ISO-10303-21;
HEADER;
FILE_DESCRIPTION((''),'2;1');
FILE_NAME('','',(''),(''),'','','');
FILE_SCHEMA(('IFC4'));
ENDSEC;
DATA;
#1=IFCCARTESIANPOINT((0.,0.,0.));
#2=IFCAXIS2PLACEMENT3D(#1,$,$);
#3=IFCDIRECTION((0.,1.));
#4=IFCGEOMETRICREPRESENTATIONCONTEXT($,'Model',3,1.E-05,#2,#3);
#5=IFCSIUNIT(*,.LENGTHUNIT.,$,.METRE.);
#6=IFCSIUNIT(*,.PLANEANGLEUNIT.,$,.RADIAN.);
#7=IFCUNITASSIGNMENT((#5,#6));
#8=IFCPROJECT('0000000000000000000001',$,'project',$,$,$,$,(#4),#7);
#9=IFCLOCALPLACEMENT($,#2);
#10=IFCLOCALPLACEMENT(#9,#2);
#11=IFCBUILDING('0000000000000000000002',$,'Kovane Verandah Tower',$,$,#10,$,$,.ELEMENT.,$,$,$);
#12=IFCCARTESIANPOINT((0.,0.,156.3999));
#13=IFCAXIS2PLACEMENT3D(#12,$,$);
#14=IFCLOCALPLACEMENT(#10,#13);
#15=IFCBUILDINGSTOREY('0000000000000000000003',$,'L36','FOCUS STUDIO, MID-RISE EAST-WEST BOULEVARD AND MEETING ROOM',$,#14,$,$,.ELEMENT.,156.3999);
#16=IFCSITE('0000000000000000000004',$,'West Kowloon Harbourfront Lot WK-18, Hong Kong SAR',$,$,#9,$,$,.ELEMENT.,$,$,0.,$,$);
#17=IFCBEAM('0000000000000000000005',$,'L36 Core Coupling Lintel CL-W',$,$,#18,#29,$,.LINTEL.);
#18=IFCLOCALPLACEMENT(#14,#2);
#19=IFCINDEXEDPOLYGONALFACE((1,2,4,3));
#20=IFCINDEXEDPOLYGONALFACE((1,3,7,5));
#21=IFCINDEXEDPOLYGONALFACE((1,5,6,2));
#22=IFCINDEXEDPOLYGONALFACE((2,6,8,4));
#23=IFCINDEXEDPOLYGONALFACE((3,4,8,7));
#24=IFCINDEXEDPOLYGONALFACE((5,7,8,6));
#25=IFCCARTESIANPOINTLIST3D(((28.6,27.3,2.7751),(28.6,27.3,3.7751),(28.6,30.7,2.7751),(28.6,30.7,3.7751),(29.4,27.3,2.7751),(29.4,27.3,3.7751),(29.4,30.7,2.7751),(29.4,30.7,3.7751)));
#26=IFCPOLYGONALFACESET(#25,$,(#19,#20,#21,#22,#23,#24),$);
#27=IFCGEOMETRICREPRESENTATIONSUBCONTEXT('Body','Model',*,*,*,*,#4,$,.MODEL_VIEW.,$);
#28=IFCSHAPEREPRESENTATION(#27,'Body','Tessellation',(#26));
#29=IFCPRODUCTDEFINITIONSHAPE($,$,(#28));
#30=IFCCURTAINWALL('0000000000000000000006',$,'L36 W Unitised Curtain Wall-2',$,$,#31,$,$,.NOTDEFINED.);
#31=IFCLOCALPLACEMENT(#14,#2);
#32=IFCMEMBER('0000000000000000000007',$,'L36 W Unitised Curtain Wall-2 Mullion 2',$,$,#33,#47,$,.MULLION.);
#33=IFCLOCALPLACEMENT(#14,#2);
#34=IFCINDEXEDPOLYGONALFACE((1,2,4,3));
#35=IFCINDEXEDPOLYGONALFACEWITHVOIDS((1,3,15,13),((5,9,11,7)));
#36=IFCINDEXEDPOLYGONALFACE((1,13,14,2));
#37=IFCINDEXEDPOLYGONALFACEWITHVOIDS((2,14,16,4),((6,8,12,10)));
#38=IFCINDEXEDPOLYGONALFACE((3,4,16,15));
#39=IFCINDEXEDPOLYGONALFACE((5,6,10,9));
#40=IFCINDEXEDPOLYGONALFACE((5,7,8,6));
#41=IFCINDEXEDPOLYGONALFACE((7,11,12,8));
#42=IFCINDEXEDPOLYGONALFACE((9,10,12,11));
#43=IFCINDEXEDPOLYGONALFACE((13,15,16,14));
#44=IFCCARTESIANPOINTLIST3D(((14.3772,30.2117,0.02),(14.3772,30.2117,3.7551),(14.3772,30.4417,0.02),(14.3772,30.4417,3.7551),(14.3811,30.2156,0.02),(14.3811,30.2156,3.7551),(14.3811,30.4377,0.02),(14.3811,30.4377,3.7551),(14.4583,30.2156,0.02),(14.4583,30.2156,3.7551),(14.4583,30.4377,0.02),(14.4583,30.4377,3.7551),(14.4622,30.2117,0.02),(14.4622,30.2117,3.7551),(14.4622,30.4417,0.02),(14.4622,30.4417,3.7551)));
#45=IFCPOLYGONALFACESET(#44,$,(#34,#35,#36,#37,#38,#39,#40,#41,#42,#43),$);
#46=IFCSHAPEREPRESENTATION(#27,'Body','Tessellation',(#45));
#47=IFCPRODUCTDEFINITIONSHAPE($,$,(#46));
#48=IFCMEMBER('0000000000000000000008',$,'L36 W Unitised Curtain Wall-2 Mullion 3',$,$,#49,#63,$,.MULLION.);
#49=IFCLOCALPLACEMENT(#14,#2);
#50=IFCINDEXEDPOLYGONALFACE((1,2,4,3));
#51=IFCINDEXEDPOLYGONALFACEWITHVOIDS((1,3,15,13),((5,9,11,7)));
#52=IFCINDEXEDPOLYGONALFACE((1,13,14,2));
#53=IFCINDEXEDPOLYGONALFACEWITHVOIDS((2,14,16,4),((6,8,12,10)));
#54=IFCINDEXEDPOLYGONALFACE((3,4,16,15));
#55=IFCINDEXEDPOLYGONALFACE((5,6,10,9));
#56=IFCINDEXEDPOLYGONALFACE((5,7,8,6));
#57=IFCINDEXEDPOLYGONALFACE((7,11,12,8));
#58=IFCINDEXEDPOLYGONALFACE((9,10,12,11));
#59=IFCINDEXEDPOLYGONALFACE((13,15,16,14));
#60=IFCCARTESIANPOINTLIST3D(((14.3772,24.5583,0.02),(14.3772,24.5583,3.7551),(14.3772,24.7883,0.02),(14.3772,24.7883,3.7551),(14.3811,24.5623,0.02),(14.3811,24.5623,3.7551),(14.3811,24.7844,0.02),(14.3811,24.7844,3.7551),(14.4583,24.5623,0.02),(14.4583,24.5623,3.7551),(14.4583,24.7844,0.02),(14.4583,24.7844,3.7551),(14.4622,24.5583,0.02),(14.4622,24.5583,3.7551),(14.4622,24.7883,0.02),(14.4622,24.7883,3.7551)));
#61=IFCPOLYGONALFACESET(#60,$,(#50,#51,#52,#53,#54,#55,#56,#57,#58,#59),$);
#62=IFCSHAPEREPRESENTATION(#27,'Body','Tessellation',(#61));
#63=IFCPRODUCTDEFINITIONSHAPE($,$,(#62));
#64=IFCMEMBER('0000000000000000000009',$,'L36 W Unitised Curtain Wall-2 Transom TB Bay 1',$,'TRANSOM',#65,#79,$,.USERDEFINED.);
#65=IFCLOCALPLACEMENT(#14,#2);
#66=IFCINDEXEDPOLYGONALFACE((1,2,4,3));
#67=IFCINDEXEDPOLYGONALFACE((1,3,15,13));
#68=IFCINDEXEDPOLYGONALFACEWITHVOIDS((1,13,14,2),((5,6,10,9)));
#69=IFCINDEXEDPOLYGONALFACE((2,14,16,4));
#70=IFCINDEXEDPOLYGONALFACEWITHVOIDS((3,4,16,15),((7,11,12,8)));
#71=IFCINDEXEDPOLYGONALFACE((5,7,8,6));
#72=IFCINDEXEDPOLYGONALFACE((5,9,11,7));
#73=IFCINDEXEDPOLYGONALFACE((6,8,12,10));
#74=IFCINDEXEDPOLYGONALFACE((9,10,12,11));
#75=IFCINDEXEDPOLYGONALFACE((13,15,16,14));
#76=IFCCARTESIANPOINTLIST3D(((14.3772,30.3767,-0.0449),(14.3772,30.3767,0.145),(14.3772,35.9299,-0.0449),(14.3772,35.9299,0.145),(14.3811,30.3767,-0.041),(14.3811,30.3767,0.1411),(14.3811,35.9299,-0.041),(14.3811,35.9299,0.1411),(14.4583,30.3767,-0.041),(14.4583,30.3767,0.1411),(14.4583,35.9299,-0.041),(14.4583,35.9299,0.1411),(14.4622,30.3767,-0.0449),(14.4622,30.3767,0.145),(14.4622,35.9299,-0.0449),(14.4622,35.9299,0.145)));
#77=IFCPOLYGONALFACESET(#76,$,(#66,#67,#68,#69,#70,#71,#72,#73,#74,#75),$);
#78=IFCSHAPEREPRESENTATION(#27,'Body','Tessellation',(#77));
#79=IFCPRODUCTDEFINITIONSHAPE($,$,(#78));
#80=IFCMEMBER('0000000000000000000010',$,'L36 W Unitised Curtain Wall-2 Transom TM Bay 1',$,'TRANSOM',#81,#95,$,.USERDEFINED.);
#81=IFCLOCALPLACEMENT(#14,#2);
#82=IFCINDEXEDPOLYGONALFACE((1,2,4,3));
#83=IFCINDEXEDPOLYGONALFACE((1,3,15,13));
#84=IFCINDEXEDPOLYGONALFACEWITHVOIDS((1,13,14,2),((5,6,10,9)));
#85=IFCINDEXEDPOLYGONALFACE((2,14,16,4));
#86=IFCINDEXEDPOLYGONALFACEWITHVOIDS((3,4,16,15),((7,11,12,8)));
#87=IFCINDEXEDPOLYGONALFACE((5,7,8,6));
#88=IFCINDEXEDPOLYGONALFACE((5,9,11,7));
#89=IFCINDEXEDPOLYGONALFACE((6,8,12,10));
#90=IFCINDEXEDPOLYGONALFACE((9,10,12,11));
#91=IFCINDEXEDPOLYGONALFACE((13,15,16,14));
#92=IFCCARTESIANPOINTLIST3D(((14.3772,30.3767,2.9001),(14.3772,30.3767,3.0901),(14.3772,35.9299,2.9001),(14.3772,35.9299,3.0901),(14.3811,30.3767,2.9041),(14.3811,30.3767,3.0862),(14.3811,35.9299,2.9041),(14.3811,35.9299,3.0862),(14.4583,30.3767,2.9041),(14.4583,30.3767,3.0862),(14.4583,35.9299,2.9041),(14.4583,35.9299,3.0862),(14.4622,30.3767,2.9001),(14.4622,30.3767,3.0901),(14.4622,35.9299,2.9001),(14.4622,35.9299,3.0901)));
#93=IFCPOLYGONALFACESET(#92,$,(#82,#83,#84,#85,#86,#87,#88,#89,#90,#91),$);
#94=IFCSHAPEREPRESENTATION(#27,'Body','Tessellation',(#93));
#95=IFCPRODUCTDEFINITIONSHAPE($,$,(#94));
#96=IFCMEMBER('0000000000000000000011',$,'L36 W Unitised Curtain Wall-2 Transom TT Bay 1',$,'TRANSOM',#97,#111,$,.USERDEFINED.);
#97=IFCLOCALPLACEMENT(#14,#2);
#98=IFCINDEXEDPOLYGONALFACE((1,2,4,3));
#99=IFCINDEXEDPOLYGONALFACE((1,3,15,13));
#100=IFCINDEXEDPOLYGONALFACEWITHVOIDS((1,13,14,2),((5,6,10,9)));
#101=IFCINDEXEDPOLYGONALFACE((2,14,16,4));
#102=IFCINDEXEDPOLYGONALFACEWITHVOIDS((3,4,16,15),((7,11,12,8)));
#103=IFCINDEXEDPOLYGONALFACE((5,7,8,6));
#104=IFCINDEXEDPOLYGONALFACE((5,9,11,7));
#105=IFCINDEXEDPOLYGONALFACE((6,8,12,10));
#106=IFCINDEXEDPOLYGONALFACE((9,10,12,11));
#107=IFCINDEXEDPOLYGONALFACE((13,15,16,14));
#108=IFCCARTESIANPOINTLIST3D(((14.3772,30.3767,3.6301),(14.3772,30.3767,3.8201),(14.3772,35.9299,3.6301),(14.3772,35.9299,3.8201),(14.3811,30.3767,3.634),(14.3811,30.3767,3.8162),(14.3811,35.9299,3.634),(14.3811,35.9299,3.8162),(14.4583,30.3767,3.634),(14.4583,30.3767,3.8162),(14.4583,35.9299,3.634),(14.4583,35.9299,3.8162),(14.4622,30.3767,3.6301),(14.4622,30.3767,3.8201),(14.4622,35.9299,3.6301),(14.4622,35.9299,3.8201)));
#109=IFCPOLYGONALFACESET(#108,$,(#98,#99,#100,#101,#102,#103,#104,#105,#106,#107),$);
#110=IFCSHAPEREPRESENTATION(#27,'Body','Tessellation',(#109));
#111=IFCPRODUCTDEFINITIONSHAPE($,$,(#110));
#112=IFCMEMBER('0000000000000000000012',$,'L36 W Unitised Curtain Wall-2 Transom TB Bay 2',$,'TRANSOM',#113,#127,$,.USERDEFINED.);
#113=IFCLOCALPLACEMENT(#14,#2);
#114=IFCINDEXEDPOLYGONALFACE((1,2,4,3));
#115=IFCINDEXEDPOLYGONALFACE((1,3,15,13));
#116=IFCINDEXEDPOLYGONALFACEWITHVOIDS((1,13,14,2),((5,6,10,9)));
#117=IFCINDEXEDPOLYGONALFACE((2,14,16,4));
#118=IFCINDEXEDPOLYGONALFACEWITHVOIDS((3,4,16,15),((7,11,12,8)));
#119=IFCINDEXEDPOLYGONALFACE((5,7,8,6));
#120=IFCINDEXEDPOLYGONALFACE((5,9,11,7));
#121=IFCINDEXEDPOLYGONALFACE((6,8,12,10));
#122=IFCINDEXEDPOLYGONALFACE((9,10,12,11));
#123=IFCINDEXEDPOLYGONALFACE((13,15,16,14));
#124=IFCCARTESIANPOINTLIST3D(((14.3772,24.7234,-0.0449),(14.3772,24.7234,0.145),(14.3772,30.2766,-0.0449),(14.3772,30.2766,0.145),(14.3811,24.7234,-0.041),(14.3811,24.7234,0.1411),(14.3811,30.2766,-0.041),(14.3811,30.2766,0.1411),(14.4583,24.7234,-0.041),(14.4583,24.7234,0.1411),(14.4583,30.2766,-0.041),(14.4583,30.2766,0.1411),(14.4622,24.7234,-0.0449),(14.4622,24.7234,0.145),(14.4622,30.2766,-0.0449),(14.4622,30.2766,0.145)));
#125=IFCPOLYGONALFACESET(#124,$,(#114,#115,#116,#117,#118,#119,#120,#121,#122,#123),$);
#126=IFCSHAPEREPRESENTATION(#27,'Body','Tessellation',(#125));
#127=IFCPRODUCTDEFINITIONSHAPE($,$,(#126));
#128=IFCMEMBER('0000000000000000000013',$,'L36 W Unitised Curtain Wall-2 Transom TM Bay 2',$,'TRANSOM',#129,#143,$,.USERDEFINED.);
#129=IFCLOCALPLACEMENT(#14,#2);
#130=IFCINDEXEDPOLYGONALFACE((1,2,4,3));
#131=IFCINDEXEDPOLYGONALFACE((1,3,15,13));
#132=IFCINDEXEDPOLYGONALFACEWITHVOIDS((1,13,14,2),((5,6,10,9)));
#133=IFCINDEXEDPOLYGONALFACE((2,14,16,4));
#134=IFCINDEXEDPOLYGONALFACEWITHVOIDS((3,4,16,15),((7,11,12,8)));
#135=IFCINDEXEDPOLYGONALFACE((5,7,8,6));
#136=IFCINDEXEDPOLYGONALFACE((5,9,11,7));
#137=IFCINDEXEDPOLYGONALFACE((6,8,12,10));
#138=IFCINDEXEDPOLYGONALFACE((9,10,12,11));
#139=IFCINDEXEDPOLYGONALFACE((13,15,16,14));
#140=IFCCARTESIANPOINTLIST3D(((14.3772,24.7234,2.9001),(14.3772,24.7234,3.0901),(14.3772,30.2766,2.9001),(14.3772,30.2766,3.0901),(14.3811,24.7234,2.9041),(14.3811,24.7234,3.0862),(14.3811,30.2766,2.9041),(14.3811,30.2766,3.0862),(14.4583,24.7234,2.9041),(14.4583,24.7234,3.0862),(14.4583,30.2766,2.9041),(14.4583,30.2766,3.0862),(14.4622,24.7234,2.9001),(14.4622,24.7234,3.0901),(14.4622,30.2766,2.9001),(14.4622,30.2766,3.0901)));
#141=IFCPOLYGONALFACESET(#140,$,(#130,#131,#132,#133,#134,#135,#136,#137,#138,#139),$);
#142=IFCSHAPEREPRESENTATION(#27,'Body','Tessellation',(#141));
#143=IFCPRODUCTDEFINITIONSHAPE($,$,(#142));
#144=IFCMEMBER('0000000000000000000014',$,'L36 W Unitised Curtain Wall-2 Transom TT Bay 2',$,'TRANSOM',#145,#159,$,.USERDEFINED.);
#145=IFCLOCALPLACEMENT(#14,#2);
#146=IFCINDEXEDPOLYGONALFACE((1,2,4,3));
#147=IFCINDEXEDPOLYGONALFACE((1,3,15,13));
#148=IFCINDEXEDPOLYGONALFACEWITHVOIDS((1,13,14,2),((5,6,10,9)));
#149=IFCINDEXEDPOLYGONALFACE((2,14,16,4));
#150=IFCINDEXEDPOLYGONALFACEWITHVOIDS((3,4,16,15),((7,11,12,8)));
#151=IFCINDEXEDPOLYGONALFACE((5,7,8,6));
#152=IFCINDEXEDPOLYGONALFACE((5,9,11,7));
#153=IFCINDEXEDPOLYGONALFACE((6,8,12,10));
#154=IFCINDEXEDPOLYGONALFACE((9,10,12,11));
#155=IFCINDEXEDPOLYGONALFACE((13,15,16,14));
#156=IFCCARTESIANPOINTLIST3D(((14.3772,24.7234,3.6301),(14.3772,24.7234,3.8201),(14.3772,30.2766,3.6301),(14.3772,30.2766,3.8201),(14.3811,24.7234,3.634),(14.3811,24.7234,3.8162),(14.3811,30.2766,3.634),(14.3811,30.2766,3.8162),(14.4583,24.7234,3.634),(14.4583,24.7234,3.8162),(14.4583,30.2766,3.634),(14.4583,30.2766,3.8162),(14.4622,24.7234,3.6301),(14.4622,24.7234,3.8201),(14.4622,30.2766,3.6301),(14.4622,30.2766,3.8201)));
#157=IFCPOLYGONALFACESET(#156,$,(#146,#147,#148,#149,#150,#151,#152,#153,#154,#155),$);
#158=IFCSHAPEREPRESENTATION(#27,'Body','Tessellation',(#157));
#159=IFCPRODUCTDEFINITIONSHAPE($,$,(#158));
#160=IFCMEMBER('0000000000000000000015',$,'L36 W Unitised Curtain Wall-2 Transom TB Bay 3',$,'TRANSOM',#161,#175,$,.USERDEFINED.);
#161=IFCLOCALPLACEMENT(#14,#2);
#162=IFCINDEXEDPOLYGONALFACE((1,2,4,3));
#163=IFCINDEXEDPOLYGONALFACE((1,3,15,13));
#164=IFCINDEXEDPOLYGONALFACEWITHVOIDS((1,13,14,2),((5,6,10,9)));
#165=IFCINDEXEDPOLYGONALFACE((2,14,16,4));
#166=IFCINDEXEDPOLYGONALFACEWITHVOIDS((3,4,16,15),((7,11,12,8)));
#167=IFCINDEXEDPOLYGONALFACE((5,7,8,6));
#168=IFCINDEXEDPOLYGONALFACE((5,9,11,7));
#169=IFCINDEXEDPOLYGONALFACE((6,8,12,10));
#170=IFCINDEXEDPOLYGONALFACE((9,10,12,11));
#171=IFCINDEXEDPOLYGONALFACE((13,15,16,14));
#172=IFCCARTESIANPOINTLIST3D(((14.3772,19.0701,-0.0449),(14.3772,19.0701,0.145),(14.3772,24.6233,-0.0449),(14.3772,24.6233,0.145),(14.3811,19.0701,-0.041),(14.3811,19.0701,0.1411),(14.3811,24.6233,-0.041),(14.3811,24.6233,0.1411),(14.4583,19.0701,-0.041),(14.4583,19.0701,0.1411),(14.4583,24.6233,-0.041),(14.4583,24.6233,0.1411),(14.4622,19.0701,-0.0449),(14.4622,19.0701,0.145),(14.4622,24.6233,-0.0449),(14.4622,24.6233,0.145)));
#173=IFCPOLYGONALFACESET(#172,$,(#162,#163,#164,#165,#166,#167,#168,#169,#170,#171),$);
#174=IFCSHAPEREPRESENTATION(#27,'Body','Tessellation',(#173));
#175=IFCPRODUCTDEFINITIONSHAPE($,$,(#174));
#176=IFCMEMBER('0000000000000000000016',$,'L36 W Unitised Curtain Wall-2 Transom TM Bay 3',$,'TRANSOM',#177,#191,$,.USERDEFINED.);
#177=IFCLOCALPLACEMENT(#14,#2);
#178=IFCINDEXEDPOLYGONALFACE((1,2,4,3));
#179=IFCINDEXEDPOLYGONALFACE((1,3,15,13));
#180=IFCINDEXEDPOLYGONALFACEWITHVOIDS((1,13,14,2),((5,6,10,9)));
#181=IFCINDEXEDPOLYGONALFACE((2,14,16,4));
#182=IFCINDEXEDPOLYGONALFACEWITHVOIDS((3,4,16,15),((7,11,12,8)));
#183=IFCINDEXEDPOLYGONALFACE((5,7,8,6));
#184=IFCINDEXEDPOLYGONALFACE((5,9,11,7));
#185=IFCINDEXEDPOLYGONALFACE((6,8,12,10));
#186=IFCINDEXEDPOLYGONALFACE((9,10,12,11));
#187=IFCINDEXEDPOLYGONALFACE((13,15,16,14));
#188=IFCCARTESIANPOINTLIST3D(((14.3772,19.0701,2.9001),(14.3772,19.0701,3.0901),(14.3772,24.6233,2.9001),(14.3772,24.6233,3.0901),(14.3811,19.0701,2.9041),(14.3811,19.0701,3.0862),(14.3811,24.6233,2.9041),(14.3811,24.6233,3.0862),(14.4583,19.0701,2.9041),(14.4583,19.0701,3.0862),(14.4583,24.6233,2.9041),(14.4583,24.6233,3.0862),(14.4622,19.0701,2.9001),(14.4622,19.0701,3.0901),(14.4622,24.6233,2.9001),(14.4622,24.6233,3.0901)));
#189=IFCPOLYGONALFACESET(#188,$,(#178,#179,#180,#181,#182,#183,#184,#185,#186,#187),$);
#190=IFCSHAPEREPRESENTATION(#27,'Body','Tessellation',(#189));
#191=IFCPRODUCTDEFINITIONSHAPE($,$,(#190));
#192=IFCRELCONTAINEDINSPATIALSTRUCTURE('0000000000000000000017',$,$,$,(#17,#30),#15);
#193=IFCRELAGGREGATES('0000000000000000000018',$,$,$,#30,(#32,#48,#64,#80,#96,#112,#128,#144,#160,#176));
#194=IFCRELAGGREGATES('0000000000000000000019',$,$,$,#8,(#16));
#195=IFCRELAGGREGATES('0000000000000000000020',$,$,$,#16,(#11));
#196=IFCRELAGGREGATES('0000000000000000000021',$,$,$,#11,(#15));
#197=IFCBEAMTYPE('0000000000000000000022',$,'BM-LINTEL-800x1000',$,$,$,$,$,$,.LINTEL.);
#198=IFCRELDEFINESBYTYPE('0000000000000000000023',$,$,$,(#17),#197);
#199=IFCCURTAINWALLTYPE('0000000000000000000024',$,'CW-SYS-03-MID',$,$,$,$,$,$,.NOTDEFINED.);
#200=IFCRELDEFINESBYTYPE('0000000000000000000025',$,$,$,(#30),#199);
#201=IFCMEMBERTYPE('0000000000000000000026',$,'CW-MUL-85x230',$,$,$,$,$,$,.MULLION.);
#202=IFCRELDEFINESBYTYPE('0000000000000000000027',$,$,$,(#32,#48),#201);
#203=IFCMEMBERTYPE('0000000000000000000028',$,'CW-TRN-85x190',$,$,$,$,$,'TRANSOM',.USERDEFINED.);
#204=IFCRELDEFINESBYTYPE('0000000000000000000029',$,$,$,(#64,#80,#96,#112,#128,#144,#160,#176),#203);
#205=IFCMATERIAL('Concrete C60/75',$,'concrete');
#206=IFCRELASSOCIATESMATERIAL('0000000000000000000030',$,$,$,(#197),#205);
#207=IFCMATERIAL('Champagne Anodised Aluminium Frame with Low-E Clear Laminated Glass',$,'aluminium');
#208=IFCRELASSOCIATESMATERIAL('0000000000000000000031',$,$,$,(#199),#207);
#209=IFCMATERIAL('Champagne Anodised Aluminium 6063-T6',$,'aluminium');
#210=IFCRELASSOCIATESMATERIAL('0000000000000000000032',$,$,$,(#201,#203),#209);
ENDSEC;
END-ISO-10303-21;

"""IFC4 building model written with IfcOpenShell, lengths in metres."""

from ifc_helpers import new_model, si_unit, direction, frame, origin, origin_2d, place, context, subcontext, project, spatial, rectangle, hollow_rectangle, extrude, material, material_profile, profile_set, type_object, element, aggregate, save


model = new_model("IFC4")

# Units and contexts
model_context = context("Model", 3, precision=1e-05, world=origin(), true_north=direction((0.0, 1.0)))
body_context = subcontext(model_context, "Body", "Model", "MODEL_VIEW")
ifc_project = project(units=[si_unit("LENGTHUNIT", "METRE"), si_unit("PLANEANGLEUNIT", "RADIAN")], contexts=[model_context])

# Site, building, storey
site_placement = place(None, origin())
site = spatial("IfcSite", under=ifc_project, at=site_placement, Name="West Kowloon Harbourfront Lot WK-18, Hong Kong SAR", CompositionType="ELEMENT", RefElevation=0.0)
building_placement = place(site_placement, origin())
building = spatial("IfcBuilding", under=site, at=building_placement, Name="Kovane Verandah Tower", CompositionType="ELEMENT")
storey_placement = place(building_placement, frame((0.0, 0.0, 156.3999)))
storey = spatial("IfcBuildingStorey", under=building, at=storey_placement, Name="L36", Description="FOCUS STUDIO, MID-RISE EAST-WEST BOULEVARD AND MEETING ROOM", CompositionType="ELEMENT", Elevation=156.3999)

# Beam
ifc_material_1 = material(Name="Concrete C60/75", Category="concrete")
ifc_material_profile_1 = material_profile(ifc_material_1, rectangle(XDim=0.8, YDim=1.0, at=origin_2d()), Name="RCB800x1000")
ifc_profile_set_1 = profile_set([ifc_material_profile_1], Name="Concrete C60/75")
beam_type = type_object("IfcBeamType", Name="BM-LINTEL-800x1000", PredefinedType="LINTEL", material=ifc_profile_set_1)
beam_placement = place(storey_placement, frame((29.0, 27.3, 3.2751), z_axis=(0.0, 1.0, 0.0), x_axis=(-1.0, 0.0, 0.0)))
element("IfcBeam", 1, at=beam_placement, inside=storey, type_object=beam_type, Name="L36 Core Coupling Lintel CL-W", PredefinedType="LINTEL", context=body_context, shape_type="SweptSolid", body=[
    extrude(rectangle(XDim=0.8, YDim=1.0, at=origin_2d()), origin(), (0.0, 0.0, 1.0), 3.3999),
])

# Curtain wall, members
ifc_material_2 = material(Name="Champagne Anodised Aluminium Frame with Low-E Clear Laminated Glass", Category="aluminium")
curtain_wall_type = type_object("IfcCurtainWallType", Name="CW-SYS-03-MID", PredefinedType="NOTDEFINED", material=ifc_material_2)
curtain_wall_placement = place(storey_placement, origin())
curtain_wall = element("IfcCurtainWall", 2, at=curtain_wall_placement, inside=storey, type_object=curtain_wall_type, Name="L36 W Unitised Curtain Wall-2", PredefinedType="NOTDEFINED")
ifc_material_3 = material(Name="Champagne Anodised Aluminium 6063-T6", Category="aluminium")
ifc_material_profile_2 = material_profile(ifc_material_3, hollow_rectangle(XDim=0.085, YDim=0.23, WallThickness=0.0039, at=origin_2d()), Name="AL85x230x4")
ifc_profile_set_2 = profile_set([ifc_material_profile_2], Name="Champagne Anodised Aluminium 6063-T6")
member_type_1 = type_object("IfcMemberType", Name="CW-MUL-85x230", PredefinedType="MULLION", material=ifc_profile_set_2)
member_1_placement = place(storey_placement, frame((14.4197, 30.3267, 0.02), z_axis=(0.0, 0.0, 1.0), x_axis=(-1.0, 0.0, 0.0)))
member_1 = element("IfcMember", 3, at=member_1_placement, type_object=member_type_1, Name="L36 W Unitised Curtain Wall-2 Mullion 2", PredefinedType="MULLION", context=body_context, shape_type="SweptSolid", body=[
    extrude(hollow_rectangle(XDim=0.085, YDim=0.23, WallThickness=0.0039, at=origin_2d()), origin(), (0.0, 0.0, 1.0), 3.7351),
])
member_2_placement = place(storey_placement, frame((14.4197, 24.6733, 0.02), z_axis=(0.0, 0.0, 1.0), x_axis=(-1.0, 0.0, 0.0)))
member_2 = element("IfcMember", 4, at=member_2_placement, type_object=member_type_1, Name="L36 W Unitised Curtain Wall-2 Mullion 3", PredefinedType="MULLION", context=body_context, shape_type="SweptSolid", body=[
    extrude(hollow_rectangle(XDim=0.085, YDim=0.23, WallThickness=0.0039, at=origin_2d()), origin(), (0.0, 0.0, 1.0), 3.7351),
])
ifc_material_profile_3 = material_profile(ifc_material_3, hollow_rectangle(XDim=0.085, YDim=0.1899, WallThickness=0.0039, at=origin_2d()), Name="AL85x190x4")
ifc_profile_set_3 = profile_set([ifc_material_profile_3], Name="Champagne Anodised Aluminium 6063-T6")
member_type_2 = type_object("IfcMemberType", Name="CW-TRN-85x190", ElementType="TRANSOM", PredefinedType="USERDEFINED", material=ifc_profile_set_3)
member_3_placement = place(storey_placement, frame((14.4197, 35.9299, 0.05), z_axis=(0.0, -1.0, 0.0), x_axis=(1.0, 0.0, 0.0)))
member_3 = element("IfcMember", 5, at=member_3_placement, type_object=member_type_2, Name="L36 W Unitised Curtain Wall-2 Transom TB Bay 1", ObjectType="TRANSOM", PredefinedType="USERDEFINED", context=body_context, shape_type="SweptSolid", body=[
    extrude(hollow_rectangle(XDim=0.085, YDim=0.1899, WallThickness=0.0039, at=origin_2d()), origin(), (0.0, 0.0, 1.0), 5.5532),
])
member_4_placement = place(storey_placement, frame((14.4197, 35.9299, 2.9951), z_axis=(0.0, -1.0, 0.0), x_axis=(1.0, 0.0, 0.0)))
member_4 = element("IfcMember", 6, at=member_4_placement, type_object=member_type_2, Name="L36 W Unitised Curtain Wall-2 Transom TM Bay 1", ObjectType="TRANSOM", PredefinedType="USERDEFINED", context=body_context, shape_type="SweptSolid", body=[
    extrude(hollow_rectangle(XDim=0.085, YDim=0.1899, WallThickness=0.0039, at=origin_2d()), origin(), (0.0, 0.0, 1.0), 5.5532),
])
member_5_placement = place(storey_placement, frame((14.4197, 35.9299, 3.7251), z_axis=(0.0, -1.0, 0.0), x_axis=(1.0, 0.0, 0.0)))
member_5 = element("IfcMember", 7, at=member_5_placement, type_object=member_type_2, Name="L36 W Unitised Curtain Wall-2 Transom TT Bay 1", ObjectType="TRANSOM", PredefinedType="USERDEFINED", context=body_context, shape_type="SweptSolid", body=[
    extrude(hollow_rectangle(XDim=0.085, YDim=0.1899, WallThickness=0.0039, at=origin_2d()), origin(), (0.0, 0.0, 1.0), 5.5532),
])
member_6_placement = place(storey_placement, frame((14.4197, 30.2766, 0.05), z_axis=(0.0, -1.0, 0.0), x_axis=(1.0, 0.0, 0.0)))
member_6 = element("IfcMember", 8, at=member_6_placement, type_object=member_type_2, Name="L36 W Unitised Curtain Wall-2 Transom TB Bay 2", ObjectType="TRANSOM", PredefinedType="USERDEFINED", context=body_context, shape_type="SweptSolid", body=[
    extrude(hollow_rectangle(XDim=0.085, YDim=0.1899, WallThickness=0.0039, at=origin_2d()), origin(), (0.0, 0.0, 1.0), 5.5532),
])
member_7_placement = place(storey_placement, frame((14.4197, 30.2766, 2.9951), z_axis=(0.0, -1.0, 0.0), x_axis=(1.0, 0.0, 0.0)))
member_7 = element("IfcMember", 9, at=member_7_placement, type_object=member_type_2, Name="L36 W Unitised Curtain Wall-2 Transom TM Bay 2", ObjectType="TRANSOM", PredefinedType="USERDEFINED", context=body_context, shape_type="SweptSolid", body=[
    extrude(hollow_rectangle(XDim=0.085, YDim=0.1899, WallThickness=0.0039, at=origin_2d()), origin(), (0.0, 0.0, 1.0), 5.5532),
])
member_8_placement = place(storey_placement, frame((14.4197, 30.2766, 3.7251), z_axis=(0.0, -1.0, 0.0), x_axis=(1.0, 0.0, 0.0)))
member_8 = element("IfcMember", 10, at=member_8_placement, type_object=member_type_2, Name="L36 W Unitised Curtain Wall-2 Transom TT Bay 2", ObjectType="TRANSOM", PredefinedType="USERDEFINED", context=body_context, shape_type="SweptSolid", body=[
    extrude(hollow_rectangle(XDim=0.085, YDim=0.1899, WallThickness=0.0039, at=origin_2d()), origin(), (0.0, 0.0, 1.0), 5.5532),
])
member_9_placement = place(storey_placement, frame((14.4197, 24.6233, 0.05), z_axis=(0.0, -1.0, 0.0), x_axis=(1.0, 0.0, 0.0)))
member_9 = element("IfcMember", 11, at=member_9_placement, type_object=member_type_2, Name="L36 W Unitised Curtain Wall-2 Transom TB Bay 3", ObjectType="TRANSOM", PredefinedType="USERDEFINED", context=body_context, shape_type="SweptSolid", body=[
    extrude(hollow_rectangle(XDim=0.085, YDim=0.1899, WallThickness=0.0039, at=origin_2d()), origin(), (0.0, 0.0, 1.0), 5.5532),
])
member_10_placement = place(storey_placement, frame((14.4197, 24.6233, 2.9951), z_axis=(0.0, -1.0, 0.0), x_axis=(1.0, 0.0, 0.0)))
member_10 = element("IfcMember", 12, at=member_10_placement, type_object=member_type_2, Name="L36 W Unitised Curtain Wall-2 Transom TM Bay 3", ObjectType="TRANSOM", PredefinedType="USERDEFINED", context=body_context, shape_type="SweptSolid", body=[
    extrude(hollow_rectangle(XDim=0.085, YDim=0.1899, WallThickness=0.0039, at=origin_2d()), origin(), (0.0, 0.0, 1.0), 5.5532),
])
aggregate(curtain_wall, [member_1, member_2, member_3, member_4, member_5, member_6, member_7, member_8, member_9, member_10])

save(model, "model.ifc")
